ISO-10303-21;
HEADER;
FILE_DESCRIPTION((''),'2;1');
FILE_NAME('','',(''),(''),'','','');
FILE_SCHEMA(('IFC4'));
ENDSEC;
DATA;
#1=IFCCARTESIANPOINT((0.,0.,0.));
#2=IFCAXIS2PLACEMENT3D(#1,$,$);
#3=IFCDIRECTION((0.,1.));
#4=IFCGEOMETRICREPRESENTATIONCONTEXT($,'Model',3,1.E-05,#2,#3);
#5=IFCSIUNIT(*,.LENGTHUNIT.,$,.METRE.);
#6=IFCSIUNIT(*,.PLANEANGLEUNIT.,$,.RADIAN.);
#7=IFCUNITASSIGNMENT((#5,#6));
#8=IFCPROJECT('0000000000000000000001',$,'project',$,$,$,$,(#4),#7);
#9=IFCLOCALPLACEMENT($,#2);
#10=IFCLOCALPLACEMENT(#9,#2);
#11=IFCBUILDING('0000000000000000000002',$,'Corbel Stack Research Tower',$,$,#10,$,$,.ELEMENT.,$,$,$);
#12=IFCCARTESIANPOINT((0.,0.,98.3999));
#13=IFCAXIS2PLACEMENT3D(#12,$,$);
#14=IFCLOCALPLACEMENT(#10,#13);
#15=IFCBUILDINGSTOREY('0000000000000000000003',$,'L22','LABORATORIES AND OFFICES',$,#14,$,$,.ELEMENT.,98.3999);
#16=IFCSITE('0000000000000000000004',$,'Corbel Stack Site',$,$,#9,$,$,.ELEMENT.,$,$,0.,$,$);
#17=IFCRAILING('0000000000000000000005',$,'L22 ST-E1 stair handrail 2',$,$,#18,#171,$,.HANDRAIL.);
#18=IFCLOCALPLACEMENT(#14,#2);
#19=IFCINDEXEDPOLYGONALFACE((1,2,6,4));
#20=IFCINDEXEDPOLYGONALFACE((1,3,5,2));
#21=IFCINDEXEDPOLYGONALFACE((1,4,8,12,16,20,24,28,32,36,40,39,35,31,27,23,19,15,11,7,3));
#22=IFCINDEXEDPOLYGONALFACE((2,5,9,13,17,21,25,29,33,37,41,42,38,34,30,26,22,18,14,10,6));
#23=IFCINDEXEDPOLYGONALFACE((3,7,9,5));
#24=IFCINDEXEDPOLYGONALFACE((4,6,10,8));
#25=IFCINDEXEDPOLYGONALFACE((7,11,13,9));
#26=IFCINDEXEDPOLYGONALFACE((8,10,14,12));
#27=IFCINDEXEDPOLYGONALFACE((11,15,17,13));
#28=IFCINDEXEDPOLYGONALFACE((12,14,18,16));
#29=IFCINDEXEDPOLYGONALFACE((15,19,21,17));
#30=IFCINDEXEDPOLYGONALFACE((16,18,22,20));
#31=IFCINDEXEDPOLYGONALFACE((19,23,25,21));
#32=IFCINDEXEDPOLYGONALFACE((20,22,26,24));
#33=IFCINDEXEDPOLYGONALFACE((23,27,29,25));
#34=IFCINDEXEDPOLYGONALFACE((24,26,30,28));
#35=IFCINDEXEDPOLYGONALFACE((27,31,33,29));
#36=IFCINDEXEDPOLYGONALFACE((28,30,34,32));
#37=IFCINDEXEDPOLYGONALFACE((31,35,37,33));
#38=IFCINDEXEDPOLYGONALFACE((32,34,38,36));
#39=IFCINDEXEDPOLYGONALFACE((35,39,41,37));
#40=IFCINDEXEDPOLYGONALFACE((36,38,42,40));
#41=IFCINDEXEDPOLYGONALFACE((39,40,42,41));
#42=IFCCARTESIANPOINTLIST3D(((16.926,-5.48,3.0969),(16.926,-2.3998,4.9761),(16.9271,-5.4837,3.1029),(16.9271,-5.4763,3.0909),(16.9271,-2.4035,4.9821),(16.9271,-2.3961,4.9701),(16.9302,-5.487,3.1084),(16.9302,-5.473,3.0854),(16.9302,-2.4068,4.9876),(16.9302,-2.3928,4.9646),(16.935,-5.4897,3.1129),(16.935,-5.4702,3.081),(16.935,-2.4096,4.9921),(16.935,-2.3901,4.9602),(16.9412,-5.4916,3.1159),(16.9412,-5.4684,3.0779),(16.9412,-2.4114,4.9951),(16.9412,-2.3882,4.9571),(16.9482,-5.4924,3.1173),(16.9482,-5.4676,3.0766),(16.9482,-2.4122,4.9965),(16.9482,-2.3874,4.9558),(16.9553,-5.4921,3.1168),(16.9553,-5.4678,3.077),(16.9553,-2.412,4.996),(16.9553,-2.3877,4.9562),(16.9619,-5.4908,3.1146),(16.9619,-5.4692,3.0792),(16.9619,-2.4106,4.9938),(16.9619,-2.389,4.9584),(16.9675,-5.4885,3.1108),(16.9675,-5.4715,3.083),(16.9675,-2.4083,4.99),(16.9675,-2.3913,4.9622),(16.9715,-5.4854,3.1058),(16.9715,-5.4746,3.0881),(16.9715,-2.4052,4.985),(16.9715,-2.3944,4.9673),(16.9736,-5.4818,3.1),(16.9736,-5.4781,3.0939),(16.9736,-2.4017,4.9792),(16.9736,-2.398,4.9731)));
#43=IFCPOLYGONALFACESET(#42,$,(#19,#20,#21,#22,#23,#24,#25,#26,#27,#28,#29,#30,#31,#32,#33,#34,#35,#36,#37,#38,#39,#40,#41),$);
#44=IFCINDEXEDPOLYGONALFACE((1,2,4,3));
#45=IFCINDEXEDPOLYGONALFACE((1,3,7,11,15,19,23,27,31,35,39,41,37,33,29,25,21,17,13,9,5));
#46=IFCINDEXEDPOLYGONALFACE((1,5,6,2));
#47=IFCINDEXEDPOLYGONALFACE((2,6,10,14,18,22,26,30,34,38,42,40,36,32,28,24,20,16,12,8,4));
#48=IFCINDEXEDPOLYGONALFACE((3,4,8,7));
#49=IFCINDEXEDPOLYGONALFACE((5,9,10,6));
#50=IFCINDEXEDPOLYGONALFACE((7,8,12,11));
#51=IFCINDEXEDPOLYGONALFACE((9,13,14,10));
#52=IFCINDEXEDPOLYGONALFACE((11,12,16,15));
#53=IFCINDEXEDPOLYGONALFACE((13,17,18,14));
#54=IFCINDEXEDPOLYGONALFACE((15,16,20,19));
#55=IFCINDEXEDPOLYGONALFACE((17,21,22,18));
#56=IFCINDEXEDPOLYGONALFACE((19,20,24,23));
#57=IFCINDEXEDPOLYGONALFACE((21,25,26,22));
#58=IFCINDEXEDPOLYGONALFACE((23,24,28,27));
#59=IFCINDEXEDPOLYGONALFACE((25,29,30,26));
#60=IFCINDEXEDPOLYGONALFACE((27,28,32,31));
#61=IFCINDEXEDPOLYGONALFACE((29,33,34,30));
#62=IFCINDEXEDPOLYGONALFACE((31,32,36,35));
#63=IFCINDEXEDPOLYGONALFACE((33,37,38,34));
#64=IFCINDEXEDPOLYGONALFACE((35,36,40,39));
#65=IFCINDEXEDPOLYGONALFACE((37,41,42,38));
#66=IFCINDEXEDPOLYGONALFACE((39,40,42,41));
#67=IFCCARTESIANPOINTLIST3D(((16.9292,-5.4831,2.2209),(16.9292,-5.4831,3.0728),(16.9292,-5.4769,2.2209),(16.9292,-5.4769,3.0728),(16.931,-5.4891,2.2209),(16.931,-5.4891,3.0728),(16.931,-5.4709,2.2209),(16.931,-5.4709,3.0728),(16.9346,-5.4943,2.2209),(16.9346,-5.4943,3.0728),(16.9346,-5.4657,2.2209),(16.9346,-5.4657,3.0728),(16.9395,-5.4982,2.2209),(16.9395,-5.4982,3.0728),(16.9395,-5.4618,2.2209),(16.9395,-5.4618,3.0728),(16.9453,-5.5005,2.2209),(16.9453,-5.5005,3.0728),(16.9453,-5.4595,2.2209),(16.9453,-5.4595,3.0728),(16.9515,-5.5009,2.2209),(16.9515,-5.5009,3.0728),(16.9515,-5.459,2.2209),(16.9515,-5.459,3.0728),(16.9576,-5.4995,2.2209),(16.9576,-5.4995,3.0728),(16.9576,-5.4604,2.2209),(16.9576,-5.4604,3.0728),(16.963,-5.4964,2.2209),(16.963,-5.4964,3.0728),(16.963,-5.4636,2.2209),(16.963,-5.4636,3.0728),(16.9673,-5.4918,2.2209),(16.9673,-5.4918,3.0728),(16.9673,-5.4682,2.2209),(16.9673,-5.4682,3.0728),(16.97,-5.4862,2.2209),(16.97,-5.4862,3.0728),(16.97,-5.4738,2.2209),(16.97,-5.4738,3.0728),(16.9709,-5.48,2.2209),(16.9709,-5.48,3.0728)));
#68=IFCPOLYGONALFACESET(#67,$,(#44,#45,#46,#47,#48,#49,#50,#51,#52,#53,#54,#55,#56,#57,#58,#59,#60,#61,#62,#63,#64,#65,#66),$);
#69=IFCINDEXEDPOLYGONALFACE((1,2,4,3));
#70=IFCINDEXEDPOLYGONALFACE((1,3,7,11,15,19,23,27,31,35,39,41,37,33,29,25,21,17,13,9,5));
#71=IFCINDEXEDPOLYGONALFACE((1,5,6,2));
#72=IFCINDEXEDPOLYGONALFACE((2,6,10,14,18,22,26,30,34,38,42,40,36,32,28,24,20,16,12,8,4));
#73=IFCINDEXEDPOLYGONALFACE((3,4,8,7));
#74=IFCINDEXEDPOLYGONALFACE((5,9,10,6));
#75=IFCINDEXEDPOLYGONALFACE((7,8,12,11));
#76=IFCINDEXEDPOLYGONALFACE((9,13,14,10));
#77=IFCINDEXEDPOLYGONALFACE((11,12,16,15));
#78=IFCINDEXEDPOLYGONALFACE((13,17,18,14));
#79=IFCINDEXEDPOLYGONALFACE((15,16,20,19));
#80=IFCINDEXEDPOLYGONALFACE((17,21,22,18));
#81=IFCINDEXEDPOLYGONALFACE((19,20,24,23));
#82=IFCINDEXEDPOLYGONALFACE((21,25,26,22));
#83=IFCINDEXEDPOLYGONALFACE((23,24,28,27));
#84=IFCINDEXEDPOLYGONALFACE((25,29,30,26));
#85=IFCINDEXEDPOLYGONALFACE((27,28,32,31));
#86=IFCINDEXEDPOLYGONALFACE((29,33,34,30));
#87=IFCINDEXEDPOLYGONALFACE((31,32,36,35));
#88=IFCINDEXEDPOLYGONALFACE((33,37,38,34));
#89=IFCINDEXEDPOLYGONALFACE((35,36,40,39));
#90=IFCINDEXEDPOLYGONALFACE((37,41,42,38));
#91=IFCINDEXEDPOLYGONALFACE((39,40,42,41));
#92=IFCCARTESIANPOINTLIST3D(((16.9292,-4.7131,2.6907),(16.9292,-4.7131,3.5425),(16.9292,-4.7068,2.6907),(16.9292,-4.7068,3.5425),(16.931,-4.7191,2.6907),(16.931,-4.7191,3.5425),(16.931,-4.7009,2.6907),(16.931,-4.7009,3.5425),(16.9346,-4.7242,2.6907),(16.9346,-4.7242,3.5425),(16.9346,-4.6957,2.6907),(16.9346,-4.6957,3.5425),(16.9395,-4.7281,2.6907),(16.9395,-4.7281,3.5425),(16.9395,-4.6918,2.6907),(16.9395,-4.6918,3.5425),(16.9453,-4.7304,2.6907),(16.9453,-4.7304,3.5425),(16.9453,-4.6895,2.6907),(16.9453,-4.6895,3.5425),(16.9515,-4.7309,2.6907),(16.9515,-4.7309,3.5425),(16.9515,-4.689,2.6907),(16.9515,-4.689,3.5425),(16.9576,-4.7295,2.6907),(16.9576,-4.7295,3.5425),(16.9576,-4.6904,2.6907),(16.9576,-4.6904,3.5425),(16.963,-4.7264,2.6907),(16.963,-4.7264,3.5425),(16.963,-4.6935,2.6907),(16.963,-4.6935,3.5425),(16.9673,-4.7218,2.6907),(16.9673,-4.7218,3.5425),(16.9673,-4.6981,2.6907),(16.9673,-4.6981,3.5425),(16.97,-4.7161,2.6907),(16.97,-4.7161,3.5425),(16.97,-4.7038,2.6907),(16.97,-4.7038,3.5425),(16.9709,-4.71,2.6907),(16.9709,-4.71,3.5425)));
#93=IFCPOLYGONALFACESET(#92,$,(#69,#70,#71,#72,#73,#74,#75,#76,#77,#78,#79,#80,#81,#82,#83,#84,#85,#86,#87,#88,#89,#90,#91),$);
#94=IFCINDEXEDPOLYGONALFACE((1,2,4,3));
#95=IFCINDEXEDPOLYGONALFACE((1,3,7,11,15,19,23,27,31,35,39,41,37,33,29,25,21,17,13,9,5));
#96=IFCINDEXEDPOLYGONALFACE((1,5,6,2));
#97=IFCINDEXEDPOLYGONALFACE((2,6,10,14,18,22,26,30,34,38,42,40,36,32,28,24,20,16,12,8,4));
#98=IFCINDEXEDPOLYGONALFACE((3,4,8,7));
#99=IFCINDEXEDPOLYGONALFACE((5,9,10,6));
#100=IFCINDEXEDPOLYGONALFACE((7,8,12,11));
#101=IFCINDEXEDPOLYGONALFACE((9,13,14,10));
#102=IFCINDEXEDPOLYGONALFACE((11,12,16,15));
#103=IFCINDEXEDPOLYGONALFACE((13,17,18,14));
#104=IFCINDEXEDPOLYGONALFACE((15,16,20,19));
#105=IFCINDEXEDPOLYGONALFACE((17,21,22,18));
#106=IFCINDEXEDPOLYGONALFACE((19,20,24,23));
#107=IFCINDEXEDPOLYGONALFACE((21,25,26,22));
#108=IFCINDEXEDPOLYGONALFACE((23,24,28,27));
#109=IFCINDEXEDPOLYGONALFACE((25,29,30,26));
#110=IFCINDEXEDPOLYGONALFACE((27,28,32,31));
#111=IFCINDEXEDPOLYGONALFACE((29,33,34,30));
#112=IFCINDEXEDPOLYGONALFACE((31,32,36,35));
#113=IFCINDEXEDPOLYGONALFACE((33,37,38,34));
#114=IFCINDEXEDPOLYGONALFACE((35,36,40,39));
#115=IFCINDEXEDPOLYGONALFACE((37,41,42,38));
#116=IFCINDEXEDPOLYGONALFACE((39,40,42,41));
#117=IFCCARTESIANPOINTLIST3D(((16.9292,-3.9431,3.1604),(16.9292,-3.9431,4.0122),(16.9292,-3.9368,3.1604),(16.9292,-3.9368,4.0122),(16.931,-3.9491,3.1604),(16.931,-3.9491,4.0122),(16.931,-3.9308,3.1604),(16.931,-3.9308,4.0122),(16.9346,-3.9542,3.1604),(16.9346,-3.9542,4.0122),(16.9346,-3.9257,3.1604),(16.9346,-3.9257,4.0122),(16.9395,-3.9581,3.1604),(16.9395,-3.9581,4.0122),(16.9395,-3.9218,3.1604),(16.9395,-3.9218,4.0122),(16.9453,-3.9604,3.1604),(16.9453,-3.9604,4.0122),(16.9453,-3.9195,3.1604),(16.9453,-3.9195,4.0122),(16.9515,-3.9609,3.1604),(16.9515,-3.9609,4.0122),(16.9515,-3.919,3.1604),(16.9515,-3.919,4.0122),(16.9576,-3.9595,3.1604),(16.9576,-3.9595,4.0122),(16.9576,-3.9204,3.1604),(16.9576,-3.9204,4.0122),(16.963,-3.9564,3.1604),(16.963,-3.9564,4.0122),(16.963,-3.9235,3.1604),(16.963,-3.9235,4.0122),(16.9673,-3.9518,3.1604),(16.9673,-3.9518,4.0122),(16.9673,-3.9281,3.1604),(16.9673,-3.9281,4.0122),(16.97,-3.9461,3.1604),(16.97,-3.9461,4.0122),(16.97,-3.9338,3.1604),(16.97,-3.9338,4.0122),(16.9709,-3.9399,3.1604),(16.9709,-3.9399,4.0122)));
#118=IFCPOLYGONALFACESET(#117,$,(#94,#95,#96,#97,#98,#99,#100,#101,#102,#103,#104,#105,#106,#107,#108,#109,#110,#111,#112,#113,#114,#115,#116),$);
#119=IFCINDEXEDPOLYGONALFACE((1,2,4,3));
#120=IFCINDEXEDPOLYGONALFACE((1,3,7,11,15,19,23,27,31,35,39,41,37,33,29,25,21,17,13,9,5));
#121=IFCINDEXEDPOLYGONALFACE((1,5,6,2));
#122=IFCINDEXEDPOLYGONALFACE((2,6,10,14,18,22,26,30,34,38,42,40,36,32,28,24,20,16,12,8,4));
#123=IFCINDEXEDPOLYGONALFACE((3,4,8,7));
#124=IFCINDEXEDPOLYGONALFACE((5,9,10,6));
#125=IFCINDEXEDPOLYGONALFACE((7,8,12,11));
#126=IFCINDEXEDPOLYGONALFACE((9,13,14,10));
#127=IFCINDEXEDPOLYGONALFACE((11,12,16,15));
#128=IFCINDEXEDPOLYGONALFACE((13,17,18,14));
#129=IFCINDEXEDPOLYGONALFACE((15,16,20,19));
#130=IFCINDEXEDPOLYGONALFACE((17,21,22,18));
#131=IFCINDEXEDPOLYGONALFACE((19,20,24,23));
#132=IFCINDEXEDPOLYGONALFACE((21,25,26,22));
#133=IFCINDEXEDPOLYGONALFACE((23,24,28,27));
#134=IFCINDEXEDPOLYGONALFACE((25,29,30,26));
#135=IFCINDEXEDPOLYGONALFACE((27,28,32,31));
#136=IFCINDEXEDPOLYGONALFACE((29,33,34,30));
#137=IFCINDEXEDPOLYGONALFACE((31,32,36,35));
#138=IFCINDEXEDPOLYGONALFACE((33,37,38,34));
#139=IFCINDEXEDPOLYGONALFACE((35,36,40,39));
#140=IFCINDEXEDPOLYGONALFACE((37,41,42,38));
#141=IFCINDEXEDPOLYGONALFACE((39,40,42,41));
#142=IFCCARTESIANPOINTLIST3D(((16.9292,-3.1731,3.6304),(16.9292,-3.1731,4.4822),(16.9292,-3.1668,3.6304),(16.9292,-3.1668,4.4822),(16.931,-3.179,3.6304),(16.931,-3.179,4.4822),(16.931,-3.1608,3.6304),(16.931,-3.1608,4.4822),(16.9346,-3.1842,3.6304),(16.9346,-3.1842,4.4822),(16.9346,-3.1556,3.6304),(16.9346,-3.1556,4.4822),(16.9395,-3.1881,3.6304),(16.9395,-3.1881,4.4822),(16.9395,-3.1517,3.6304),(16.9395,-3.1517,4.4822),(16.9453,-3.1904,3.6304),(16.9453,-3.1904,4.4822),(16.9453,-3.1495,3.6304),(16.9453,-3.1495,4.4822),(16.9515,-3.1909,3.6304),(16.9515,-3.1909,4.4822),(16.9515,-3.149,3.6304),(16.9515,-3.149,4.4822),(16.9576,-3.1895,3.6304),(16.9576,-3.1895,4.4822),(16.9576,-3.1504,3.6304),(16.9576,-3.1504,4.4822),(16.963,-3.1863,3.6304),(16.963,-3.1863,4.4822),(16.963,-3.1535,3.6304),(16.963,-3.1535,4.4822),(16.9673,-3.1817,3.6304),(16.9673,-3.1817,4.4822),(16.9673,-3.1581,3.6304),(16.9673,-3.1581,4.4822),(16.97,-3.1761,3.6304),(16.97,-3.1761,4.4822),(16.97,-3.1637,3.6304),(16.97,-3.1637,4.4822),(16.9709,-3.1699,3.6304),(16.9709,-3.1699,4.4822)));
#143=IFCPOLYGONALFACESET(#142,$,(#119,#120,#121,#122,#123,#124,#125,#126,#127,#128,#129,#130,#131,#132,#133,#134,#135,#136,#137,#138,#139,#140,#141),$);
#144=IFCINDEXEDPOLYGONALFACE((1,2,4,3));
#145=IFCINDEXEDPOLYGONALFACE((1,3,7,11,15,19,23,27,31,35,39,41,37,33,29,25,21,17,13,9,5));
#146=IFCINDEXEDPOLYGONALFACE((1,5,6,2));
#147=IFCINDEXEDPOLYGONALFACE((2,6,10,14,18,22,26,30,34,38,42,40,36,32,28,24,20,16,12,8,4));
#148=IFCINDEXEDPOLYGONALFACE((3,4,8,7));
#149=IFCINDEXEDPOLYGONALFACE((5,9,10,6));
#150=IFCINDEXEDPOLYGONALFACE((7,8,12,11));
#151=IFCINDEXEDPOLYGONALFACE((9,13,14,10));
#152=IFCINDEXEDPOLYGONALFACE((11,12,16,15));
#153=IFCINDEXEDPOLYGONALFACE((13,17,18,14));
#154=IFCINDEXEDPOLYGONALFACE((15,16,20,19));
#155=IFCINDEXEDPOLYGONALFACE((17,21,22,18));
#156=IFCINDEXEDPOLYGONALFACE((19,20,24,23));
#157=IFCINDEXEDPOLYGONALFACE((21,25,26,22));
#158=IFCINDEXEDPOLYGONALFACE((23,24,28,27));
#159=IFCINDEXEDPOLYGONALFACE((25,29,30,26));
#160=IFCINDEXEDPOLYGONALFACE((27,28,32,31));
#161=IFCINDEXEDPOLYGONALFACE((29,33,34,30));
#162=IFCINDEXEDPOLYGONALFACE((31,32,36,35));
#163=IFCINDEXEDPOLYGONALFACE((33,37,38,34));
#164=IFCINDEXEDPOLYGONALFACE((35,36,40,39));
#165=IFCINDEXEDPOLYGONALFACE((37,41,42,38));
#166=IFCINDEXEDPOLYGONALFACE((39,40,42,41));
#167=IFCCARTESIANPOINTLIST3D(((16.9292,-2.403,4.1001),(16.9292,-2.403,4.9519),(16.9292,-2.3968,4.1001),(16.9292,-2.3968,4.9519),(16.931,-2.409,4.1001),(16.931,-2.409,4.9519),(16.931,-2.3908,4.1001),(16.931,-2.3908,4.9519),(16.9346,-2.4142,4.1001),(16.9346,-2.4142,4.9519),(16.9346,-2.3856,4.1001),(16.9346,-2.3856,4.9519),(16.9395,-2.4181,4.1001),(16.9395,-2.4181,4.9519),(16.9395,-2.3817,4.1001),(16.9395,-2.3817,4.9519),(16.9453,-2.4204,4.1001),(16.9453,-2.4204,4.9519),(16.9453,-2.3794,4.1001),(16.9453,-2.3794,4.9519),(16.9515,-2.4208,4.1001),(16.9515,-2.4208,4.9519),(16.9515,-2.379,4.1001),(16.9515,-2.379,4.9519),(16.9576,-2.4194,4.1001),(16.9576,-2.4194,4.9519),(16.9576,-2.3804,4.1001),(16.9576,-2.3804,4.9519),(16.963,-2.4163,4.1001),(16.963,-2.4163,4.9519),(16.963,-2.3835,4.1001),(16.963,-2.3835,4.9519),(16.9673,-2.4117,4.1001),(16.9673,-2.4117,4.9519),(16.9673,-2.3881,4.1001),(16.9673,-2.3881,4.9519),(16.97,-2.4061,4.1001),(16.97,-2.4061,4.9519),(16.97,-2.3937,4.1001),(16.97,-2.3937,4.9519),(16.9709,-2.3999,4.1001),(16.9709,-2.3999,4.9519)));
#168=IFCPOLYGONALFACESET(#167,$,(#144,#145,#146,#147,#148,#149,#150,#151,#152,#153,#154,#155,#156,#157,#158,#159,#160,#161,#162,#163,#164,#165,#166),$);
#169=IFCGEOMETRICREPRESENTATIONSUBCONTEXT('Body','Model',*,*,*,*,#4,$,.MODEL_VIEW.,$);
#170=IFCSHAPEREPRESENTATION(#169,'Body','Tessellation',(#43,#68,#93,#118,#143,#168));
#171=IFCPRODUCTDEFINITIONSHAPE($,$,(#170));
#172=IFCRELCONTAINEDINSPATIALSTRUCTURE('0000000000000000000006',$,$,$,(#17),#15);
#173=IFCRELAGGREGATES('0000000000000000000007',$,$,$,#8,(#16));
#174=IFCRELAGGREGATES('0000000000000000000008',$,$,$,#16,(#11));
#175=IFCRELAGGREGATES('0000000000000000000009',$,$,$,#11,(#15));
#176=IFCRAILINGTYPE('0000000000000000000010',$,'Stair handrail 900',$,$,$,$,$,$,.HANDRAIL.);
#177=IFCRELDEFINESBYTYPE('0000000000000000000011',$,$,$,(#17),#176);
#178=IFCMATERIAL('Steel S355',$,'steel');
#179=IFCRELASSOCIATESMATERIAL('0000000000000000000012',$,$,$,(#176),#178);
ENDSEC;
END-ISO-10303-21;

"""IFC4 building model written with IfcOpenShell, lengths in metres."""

from ifc_helpers import new_model, si_unit, direction, frame, origin, origin_2d, place, context, subcontext, project, spatial, circle, extrude, material, type_object, element, save


model = new_model("IFC4")

# Units and contexts
model_context = context("Model", 3, precision=1e-05, world=origin(), true_north=direction((0.0, 1.0)))
body_context = subcontext(model_context, "Body", "Model", "MODEL_VIEW")
ifc_project = project(units=[si_unit("LENGTHUNIT", "METRE"), si_unit("PLANEANGLEUNIT", "RADIAN")], contexts=[model_context])

# Site, building, storey
site_placement = place(None, origin())
site = spatial("IfcSite", under=ifc_project, at=site_placement, Name="Corbel Stack Site", CompositionType="ELEMENT", RefElevation=0.0)
building_placement = place(site_placement, origin())
building = spatial("IfcBuilding", under=site, at=building_placement, Name="Corbel Stack Research Tower", CompositionType="ELEMENT")
storey_placement = place(building_placement, frame((0.0, 0.0, 98.3999)))
storey = spatial("IfcBuildingStorey", under=building, at=storey_placement, Name="L22", Description="LABORATORIES AND OFFICES", CompositionType="ELEMENT", Elevation=98.3999)

# Railing
ifc_material_1 = material(Name="Steel S355", Category="steel")
railing_type_1 = type_object("IfcRailingType", Name="Stair handrail 900", PredefinedType="HANDRAIL", material=ifc_material_1)
railing_1_placement = place(storey_placement, frame((16.95, -5.48, 2.2209)))
element("IfcRailing", 1, at=railing_1_placement, inside=storey, type_object=railing_type_1, Name="L22 ST-E1 stair handrail 2", PredefinedType="HANDRAIL", context=body_context, shape_type="SweptSolid", body=[
    extrude(circle(Radius=0.0239, at=origin_2d()), frame((0.0, 0.0, 0.876), z_axis=(0.0, 0.853666, 0.52082), x_axis=(-1.0, 0.0, 0.0)), (0.0, 0.0, 1.0), 3.6082),
    extrude(circle(Radius=0.021, at=origin_2d()), origin(), (0.0, 0.0, 1.0), 0.8518),
    extrude(circle(Radius=0.021, at=origin_2d()), frame((0.0, 0.77, 0.4697)), (0.0, 0.0, 1.0), 0.8518),
    extrude(circle(Radius=0.021, at=origin_2d()), frame((0.0, 1.54, 0.9395)), (0.0, 0.0, 1.0), 0.8518),
    extrude(circle(Radius=0.021, at=origin_2d()), frame((0.0, 2.3101, 1.4094)), (0.0, 0.0, 1.0), 0.8518),
    extrude(circle(Radius=0.021, at=origin_2d()), frame((0.0, 3.0801, 1.8792)), (0.0, 0.0, 1.0), 0.8518),
])

save(model, "model.ifc")
